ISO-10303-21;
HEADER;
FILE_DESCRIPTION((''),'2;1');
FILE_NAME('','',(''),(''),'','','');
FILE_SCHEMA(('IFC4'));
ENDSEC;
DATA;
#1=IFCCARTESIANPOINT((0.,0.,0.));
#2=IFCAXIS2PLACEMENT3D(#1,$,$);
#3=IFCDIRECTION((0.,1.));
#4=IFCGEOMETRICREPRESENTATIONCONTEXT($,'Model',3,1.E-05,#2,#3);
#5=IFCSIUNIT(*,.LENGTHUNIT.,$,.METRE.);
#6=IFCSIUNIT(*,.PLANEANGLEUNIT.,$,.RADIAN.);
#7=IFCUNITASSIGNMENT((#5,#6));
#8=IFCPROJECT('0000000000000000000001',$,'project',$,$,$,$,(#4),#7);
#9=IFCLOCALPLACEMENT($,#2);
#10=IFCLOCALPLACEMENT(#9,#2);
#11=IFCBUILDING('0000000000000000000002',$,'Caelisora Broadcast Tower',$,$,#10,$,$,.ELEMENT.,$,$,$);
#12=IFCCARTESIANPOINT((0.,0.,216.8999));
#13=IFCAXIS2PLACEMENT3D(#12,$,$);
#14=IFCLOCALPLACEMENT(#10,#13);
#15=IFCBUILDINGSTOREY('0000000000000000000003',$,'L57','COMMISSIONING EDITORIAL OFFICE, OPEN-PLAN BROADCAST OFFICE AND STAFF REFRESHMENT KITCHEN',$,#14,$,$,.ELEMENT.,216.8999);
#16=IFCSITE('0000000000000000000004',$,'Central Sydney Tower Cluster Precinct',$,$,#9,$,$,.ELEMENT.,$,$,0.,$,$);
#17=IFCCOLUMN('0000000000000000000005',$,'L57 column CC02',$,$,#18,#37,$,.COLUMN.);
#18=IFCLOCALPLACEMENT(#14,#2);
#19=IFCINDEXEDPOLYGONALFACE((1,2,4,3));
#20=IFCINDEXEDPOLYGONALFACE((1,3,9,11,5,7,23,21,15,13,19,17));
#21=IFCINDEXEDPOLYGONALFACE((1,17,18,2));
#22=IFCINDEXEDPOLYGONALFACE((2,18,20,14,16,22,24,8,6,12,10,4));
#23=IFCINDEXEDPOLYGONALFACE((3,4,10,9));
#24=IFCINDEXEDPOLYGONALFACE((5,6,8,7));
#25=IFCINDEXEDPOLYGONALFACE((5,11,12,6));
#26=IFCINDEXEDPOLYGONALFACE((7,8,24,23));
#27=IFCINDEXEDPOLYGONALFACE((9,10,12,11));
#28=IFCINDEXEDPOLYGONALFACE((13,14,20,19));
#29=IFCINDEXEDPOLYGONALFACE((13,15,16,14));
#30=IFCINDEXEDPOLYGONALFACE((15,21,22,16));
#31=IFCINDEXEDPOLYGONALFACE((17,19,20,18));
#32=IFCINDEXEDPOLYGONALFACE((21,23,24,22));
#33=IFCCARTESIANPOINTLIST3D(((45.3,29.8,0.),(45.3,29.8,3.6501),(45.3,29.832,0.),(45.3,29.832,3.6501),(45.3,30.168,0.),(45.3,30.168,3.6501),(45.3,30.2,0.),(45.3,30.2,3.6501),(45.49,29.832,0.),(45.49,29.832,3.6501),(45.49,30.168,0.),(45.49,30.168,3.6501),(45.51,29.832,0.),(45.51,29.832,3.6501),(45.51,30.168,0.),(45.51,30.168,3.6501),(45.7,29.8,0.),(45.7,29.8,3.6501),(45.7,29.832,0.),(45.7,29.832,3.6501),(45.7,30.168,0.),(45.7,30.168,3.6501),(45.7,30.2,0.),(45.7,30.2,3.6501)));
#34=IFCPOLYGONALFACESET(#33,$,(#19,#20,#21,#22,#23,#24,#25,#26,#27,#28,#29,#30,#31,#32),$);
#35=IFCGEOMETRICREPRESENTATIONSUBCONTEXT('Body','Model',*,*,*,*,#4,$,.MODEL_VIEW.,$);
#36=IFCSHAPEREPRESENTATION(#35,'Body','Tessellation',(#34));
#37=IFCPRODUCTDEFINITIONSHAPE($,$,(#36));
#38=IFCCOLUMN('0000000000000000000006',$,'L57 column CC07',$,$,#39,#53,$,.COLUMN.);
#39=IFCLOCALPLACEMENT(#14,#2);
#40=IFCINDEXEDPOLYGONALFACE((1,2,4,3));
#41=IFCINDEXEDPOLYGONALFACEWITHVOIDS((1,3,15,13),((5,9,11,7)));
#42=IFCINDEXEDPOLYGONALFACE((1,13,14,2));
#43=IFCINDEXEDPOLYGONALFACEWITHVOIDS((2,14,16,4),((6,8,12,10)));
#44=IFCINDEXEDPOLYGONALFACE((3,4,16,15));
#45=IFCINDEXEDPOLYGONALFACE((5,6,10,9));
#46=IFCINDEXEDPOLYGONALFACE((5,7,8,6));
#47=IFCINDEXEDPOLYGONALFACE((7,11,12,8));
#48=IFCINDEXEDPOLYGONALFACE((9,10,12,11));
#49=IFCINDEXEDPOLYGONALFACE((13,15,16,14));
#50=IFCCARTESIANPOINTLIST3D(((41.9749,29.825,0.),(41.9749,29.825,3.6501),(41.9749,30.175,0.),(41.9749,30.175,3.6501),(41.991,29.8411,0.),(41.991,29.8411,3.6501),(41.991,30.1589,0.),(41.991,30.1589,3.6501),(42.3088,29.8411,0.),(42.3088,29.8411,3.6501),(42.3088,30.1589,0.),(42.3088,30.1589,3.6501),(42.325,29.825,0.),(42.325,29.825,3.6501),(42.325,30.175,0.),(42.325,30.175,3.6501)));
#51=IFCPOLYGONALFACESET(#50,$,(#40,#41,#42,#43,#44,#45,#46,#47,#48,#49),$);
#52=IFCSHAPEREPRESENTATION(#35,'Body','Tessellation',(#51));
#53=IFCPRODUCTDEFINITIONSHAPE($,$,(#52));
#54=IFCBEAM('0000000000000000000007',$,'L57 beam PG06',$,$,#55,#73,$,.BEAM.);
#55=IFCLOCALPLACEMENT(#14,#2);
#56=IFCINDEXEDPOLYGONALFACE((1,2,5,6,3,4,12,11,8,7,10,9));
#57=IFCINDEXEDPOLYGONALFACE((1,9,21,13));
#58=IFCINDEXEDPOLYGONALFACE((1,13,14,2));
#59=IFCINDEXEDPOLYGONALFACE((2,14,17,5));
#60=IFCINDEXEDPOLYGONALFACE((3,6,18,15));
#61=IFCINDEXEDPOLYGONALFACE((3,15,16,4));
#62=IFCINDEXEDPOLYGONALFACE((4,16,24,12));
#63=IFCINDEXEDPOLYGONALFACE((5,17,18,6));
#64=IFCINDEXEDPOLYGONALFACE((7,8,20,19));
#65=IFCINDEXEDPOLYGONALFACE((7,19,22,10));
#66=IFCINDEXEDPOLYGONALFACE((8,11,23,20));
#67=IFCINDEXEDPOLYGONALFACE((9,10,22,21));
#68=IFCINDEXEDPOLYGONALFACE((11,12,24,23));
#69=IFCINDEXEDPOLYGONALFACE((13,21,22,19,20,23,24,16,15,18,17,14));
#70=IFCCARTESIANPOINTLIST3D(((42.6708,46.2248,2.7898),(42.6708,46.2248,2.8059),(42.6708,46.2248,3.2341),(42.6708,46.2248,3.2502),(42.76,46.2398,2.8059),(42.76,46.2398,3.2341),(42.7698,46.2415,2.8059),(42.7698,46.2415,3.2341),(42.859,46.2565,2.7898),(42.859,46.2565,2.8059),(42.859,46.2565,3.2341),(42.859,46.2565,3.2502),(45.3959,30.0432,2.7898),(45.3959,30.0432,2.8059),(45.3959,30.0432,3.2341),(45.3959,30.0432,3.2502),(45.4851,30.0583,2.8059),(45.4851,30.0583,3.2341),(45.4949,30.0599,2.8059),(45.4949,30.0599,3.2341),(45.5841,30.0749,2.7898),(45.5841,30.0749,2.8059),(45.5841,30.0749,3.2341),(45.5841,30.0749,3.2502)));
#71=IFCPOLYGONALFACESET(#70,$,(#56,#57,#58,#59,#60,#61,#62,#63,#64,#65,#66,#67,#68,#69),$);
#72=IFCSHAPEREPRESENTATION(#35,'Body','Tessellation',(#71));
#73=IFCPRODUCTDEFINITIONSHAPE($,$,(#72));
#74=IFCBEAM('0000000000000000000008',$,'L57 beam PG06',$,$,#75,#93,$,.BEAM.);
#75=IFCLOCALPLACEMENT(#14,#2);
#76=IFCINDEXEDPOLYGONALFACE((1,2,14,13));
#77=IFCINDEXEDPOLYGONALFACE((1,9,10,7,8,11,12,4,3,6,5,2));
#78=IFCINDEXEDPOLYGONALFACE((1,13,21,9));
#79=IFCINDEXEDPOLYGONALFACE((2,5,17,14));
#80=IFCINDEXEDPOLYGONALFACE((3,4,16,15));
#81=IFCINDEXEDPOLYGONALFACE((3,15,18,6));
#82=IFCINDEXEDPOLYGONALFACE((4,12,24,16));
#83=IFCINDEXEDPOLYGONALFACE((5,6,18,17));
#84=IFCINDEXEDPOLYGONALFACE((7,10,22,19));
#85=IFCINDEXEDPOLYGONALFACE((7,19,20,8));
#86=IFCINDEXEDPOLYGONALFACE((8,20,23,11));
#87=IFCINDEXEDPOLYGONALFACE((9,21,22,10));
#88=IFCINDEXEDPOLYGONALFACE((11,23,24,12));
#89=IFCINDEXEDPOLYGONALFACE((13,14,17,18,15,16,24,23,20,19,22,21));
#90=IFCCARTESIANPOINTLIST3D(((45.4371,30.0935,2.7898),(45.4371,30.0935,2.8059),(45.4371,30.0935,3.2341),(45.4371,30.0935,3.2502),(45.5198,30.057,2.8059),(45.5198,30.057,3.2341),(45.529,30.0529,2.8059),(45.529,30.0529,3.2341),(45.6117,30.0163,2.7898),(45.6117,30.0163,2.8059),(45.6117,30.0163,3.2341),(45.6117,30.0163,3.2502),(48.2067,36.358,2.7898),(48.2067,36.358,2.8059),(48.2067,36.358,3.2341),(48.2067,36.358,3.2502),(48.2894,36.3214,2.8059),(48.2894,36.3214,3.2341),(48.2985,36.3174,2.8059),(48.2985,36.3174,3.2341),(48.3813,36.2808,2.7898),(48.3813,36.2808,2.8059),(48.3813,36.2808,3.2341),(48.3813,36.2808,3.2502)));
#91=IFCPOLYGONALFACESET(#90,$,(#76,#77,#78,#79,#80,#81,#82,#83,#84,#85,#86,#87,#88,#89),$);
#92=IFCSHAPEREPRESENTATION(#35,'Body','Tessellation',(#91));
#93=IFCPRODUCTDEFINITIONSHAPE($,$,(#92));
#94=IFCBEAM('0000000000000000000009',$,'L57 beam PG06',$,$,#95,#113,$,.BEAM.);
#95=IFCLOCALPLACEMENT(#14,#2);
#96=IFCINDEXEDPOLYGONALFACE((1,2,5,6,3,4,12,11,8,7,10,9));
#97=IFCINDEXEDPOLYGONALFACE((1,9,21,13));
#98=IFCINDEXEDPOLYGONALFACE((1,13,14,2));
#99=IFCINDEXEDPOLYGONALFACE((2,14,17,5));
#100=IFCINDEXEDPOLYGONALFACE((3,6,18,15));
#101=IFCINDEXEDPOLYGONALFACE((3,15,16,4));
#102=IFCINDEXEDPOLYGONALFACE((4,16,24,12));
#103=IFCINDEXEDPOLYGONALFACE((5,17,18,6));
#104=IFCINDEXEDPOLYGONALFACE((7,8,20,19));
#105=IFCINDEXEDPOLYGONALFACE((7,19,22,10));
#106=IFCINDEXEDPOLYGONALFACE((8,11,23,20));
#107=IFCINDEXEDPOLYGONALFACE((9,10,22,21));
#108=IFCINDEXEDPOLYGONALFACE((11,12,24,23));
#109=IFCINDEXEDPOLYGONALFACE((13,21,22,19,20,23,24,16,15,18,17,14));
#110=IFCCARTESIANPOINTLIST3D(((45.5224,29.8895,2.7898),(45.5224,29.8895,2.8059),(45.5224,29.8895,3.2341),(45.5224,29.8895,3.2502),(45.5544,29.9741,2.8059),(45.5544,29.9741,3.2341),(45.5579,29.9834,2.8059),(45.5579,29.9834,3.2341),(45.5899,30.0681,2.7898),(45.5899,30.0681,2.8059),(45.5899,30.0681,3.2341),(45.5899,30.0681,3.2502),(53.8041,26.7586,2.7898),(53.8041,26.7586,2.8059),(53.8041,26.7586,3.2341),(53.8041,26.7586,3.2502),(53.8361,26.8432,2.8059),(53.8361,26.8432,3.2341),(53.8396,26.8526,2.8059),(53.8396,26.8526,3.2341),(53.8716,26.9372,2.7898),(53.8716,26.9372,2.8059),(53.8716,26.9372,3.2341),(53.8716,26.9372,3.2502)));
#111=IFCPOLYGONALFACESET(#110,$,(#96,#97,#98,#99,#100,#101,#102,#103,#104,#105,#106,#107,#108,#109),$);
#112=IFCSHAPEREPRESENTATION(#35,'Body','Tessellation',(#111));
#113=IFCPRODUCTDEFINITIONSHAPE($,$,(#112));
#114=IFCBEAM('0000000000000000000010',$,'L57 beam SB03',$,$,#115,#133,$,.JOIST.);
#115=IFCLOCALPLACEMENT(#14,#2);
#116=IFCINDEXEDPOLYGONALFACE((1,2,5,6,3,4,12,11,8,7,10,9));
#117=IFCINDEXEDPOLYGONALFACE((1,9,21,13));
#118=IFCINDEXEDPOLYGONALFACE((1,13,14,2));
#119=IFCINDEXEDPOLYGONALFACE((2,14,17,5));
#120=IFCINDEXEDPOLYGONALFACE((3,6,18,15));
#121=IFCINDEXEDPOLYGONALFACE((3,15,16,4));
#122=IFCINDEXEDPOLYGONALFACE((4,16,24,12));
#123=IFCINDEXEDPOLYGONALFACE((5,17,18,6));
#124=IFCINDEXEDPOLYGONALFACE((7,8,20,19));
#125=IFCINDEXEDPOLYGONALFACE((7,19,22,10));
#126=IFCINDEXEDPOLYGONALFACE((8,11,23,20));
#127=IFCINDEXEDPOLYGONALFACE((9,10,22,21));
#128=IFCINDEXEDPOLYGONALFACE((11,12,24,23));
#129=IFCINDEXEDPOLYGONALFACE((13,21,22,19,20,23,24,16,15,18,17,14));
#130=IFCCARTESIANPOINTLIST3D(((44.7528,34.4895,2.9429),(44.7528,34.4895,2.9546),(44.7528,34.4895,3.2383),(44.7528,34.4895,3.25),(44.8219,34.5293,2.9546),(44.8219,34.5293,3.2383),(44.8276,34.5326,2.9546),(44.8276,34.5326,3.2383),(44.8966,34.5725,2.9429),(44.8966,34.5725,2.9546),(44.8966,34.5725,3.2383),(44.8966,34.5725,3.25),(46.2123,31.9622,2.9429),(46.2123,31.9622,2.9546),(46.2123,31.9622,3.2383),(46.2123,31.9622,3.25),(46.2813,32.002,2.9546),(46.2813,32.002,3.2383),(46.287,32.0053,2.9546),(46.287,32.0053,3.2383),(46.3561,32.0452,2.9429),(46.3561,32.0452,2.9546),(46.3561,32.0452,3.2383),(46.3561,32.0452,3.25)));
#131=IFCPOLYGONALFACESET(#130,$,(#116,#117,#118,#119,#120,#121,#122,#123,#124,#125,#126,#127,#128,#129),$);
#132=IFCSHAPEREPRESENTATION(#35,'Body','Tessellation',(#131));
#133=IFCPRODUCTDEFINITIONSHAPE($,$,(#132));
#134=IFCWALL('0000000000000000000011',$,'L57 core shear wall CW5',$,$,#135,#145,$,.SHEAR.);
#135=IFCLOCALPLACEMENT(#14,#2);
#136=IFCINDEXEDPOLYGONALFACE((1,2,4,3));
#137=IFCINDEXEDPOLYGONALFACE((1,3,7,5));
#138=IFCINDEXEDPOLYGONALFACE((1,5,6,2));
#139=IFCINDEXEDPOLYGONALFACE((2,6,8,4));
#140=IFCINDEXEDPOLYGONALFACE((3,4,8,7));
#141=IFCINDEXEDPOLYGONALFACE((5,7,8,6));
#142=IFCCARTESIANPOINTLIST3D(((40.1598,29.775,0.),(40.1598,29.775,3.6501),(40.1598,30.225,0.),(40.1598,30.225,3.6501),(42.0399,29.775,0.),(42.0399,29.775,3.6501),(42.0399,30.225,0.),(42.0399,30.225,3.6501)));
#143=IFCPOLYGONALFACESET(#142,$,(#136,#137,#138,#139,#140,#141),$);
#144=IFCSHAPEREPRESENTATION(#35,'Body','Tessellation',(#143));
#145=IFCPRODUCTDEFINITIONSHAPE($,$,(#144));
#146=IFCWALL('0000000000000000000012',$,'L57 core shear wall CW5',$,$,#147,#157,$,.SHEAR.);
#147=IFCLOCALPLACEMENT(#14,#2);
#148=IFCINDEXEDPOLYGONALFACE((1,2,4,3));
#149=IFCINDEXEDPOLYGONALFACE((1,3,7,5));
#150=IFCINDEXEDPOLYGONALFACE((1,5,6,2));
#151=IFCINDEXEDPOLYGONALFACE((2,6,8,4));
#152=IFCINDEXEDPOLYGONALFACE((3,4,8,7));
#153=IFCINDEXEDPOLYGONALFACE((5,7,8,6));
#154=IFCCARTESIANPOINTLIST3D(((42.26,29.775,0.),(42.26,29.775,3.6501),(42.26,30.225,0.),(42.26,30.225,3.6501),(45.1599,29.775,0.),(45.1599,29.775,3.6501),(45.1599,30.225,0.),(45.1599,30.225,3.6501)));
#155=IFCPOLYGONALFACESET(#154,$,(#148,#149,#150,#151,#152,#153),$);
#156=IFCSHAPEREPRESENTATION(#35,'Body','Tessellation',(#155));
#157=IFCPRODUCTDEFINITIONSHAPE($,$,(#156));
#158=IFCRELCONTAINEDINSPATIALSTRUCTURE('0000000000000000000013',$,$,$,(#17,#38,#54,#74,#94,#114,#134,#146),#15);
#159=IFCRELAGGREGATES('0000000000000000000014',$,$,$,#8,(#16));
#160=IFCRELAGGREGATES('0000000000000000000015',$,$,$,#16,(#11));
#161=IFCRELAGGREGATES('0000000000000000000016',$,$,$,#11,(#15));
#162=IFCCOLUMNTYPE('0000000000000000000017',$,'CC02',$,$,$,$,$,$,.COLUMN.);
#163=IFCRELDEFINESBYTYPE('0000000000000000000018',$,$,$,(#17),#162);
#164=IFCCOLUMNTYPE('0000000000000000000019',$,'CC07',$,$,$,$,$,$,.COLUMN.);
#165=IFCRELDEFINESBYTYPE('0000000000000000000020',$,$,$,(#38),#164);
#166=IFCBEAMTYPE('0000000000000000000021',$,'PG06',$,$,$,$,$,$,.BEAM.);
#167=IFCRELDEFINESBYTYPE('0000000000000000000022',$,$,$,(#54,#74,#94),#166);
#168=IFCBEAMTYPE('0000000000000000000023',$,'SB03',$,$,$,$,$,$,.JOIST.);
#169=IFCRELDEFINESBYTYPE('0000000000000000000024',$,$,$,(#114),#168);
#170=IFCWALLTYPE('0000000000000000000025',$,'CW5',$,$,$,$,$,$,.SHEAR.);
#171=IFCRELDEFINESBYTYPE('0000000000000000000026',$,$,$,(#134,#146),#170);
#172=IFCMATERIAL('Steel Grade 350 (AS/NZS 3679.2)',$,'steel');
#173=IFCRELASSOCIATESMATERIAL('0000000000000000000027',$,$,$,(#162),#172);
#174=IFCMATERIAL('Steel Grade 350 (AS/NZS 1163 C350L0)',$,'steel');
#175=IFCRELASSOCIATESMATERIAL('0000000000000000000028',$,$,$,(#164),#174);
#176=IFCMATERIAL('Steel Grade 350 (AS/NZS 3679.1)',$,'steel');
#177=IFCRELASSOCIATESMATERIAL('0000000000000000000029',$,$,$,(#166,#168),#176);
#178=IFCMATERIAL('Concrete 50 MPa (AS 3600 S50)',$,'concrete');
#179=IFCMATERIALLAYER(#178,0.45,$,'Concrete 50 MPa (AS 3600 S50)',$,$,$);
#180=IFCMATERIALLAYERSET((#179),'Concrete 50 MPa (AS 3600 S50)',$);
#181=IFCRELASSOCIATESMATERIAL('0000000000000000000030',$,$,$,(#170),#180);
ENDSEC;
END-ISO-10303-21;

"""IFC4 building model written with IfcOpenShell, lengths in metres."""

from ifc_helpers import new_model, si_unit, direction, frame, frame_2d, origin, origin_2d, place, context, subcontext, project, spatial, rectangle, hollow_rectangle, i_section, extrude, source, transform, mapped, material, layer, layer_set, material_profile, profile_set, type_object, type_shapes, element, save


model = new_model("IFC4")

# Units and contexts
model_context = context("Model", 3, precision=1e-05, world=origin(), true_north=direction((0.0, 1.0)))
body_context = subcontext(model_context, "Body", "Model", "MODEL_VIEW")
ifc_project = project(units=[si_unit("LENGTHUNIT", "METRE"), si_unit("PLANEANGLEUNIT", "RADIAN")], contexts=[model_context])

# Site, building, storey
site_placement = place(None, origin())
site = spatial("IfcSite", under=ifc_project, at=site_placement, Name="Central Sydney Tower Cluster Precinct", CompositionType="ELEMENT", RefElevation=0.0)
building_placement = place(site_placement, origin())
building = spatial("IfcBuilding", under=site, at=building_placement, Name="Caelisora Broadcast Tower", CompositionType="ELEMENT")
storey_placement = place(building_placement, frame((0.0, 0.0, 216.8999)))
storey = spatial("IfcBuildingStorey", under=building, at=storey_placement, Name="L57", Description="COMMISSIONING EDITORIAL OFFICE, OPEN-PLAN BROADCAST OFFICE AND STAFF REFRESHMENT KITCHEN", CompositionType="ELEMENT", Elevation=216.8999)

# Columns
ifc_material_1 = material(Name="Steel Grade 350 (AS/NZS 3679.2)", Category="steel")
ifc_material_profile_1 = material_profile(ifc_material_1, i_section(OverallWidth=0.3999, OverallDepth=0.3999, WebThickness=0.02, FlangeThickness=0.032, at=origin_2d()), Name="Steel Grade 350 (AS/NZS 3679.2)")
ifc_profile_set_1 = profile_set([ifc_material_profile_1], Name="Steel Grade 350 (AS/NZS 3679.2)")
column_type_1 = type_object("IfcColumnType", Name="CC02", PredefinedType="COLUMN", material=ifc_profile_set_1)
shared_shape_1 = source(origin(), body_context, "Body", "SweptSolid", [
    extrude(i_section(OverallWidth=0.3999, OverallDepth=0.3999, WebThickness=0.02, FlangeThickness=0.032, at=origin_2d()), origin(), (0.0, 0.0, 1.0), 3.6501),
])
type_shapes(column_type_1, [shared_shape_1])
column_1_placement = place(storey_placement, frame((45.5, 30.0, 0.0), z_axis=(0.0, 0.0, 1.0), x_axis=(1.0, 0.0, 0.0)))
element("IfcColumn", 1, at=column_1_placement, inside=storey, type_object=column_type_1, Name="L57 column CC02", PredefinedType="COLUMN", context=body_context, shape_type="MappedRepresentation", body=[
    mapped(shared_shape_1, transform((0.0, 0.0, 0.0), scale=1.0)),
])
ifc_material_2 = material(Name="Steel Grade 350 (AS/NZS 1163 C350L0)", Category="steel")
ifc_material_profile_2 = material_profile(ifc_material_2, hollow_rectangle(XDim=0.3501, YDim=0.3501, WallThickness=0.0161, at=origin_2d()), Name="Steel Grade 350 (AS/NZS 1163 C350L0)")
ifc_profile_set_2 = profile_set([ifc_material_profile_2], Name="Steel Grade 350 (AS/NZS 1163 C350L0)")
column_type_2 = type_object("IfcColumnType", Name="CC07", PredefinedType="COLUMN", material=ifc_profile_set_2)
shared_shape_2 = source(origin(), body_context, "Body", "SweptSolid", [
    extrude(hollow_rectangle(XDim=0.3501, YDim=0.3501, WallThickness=0.0161, at=origin_2d()), origin(), (0.0, 0.0, 1.0), 3.6501),
])
type_shapes(column_type_2, [shared_shape_2])
column_2_placement = place(storey_placement, frame((42.1499, 30.0, 0.0), z_axis=(0.0, 0.0, 1.0), x_axis=(1.0, 0.0, 0.0)))
element("IfcColumn", 2, at=column_2_placement, inside=storey, type_object=column_type_2, Name="L57 column CC07", PredefinedType="COLUMN", context=body_context, shape_type="MappedRepresentation", body=[
    mapped(shared_shape_2, transform((0.0, 0.0, 0.0), scale=1.0)),
])

# Beams
ifc_material_3 = material(Name="Steel Grade 350 (AS/NZS 3679.1)", Category="steel")
ifc_material_profile_3 = material_profile(ifc_material_3, i_section(OverallWidth=0.1909, OverallDepth=0.4604, WebThickness=0.01, FlangeThickness=0.0161, at=origin_2d()), Name="Steel Grade 350 (AS/NZS 3679.1)")
ifc_profile_set_3 = profile_set([ifc_material_profile_3], Name="Steel Grade 350 (AS/NZS 3679.1)")
beam_type_1 = type_object("IfcBeamType", Name="PG06", PredefinedType="BEAM", material=ifc_profile_set_3)
shared_shape_3 = source(origin(), body_context, "Body", "SweptSolid", [
    extrude(i_section(OverallWidth=0.1909, OverallDepth=0.4604, WebThickness=0.01, FlangeThickness=0.0161, at=origin_2d()), origin(), (0.0, 0.0, 1.0), 16.4094),
])
beam_1_placement = place(storey_placement, frame((45.49, 30.0591, 3.02), z_axis=(-0.166068, 0.986114, 0.0), x_axis=(-0.986114, -0.166068, 0.0)))
element("IfcBeam", 3, at=beam_1_placement, inside=storey, type_object=beam_type_1, Name="L57 beam PG06", PredefinedType="BEAM", context=body_context, shape_type="MappedRepresentation", body=[
    mapped(shared_shape_3, transform((0.0, 0.0, 0.0), scale=1.0)),
])
shared_shape_4 = source(origin(), body_context, "Body", "SweptSolid", [
    extrude(i_section(OverallWidth=0.1909, OverallDepth=0.4604, WebThickness=0.01, FlangeThickness=0.0161, at=origin_2d()), origin(), (0.0, 0.0, 1.0), 6.8494),
])
beam_2_placement = place(storey_placement, frame((45.5244, 30.0549, 3.02), z_axis=(0.404352, 0.914604, 0.0), x_axis=(-0.914604, 0.404352, 0.0)))
element("IfcBeam", 4, at=beam_2_placement, inside=storey, type_object=beam_type_1, Name="L57 beam PG06", PredefinedType="BEAM", context=body_context, shape_type="MappedRepresentation", body=[
    mapped(shared_shape_4, transform((0.0, 0.0, 0.0), scale=1.0)),
])
shared_shape_5 = source(origin(), body_context, "Body", "SweptSolid", [
    extrude(i_section(OverallWidth=0.1909, OverallDepth=0.4604, WebThickness=0.01, FlangeThickness=0.0161, at=origin_2d()), origin(), (0.0, 0.0, 1.0), 8.8538),
])
type_shapes(beam_type_1, [shared_shape_3, shared_shape_4, shared_shape_5])
beam_3_placement = place(storey_placement, frame((45.5562, 29.9788, 3.02), z_axis=(0.93539, -0.353618, 0.0), x_axis=(0.353618, 0.93539, 0.0)))
element("IfcBeam", 5, at=beam_3_placement, inside=storey, type_object=beam_type_1, Name="L57 beam PG06", PredefinedType="BEAM", context=body_context, shape_type="MappedRepresentation", body=[
    mapped(shared_shape_5, transform((0.0, 0.0, 0.0), scale=1.0)),
])
ifc_material_profile_4 = material_profile(ifc_material_3, i_section(OverallWidth=0.166, OverallDepth=0.3071, WebThickness=0.0066, FlangeThickness=0.0117, at=origin_2d()), Name="Steel Grade 350 (AS/NZS 3679.1)")
ifc_profile_set_4 = profile_set([ifc_material_profile_4], Name="Steel Grade 350 (AS/NZS 3679.1)")
beam_type_2 = type_object("IfcBeamType", Name="SB03", PredefinedType="JOIST", material=ifc_profile_set_4)
shared_shape_6 = source(origin(), body_context, "Body", "SweptSolid", [
    extrude(i_section(OverallWidth=0.166, OverallDepth=0.3071, WebThickness=0.0066, FlangeThickness=0.0117, at=origin_2d()), origin(), (0.0, 0.0, 1.0), 2.9185),
])
type_shapes(beam_type_2, [shared_shape_6])
beam_4_placement = place(storey_placement, frame((46.2842, 32.0037, 3.0964), z_axis=(-0.50008, 0.865979, 0.0), x_axis=(-0.865979, -0.50008, 0.0)))
element("IfcBeam", 6, at=beam_4_placement, inside=storey, type_object=beam_type_2, Name="L57 beam SB03", PredefinedType="JOIST", context=body_context, shape_type="MappedRepresentation", body=[
    mapped(shared_shape_6, transform((0.0, 0.0, 0.0), scale=1.0)),
])

# Walls
ifc_material_4 = material(Name="Concrete 50 MPa (AS 3600 S50)", Category="concrete")
ifc_layer_1 = layer(ifc_material_4, 0.45, Name="Concrete 50 MPa (AS 3600 S50)")
ifc_layer_set_1 = layer_set([ifc_layer_1], Name="Concrete 50 MPa (AS 3600 S50)")
wall_type_1 = type_object("IfcWallType", Name="CW5", PredefinedType="SHEAR", material=ifc_layer_set_1)
wall_1_placement = place(storey_placement, frame((40.1599, 30.0, 0.0), z_axis=(0.0, 0.0, 1.0), x_axis=(1.0, 0.0, 0.0)))
element("IfcWall", 7, at=wall_1_placement, inside=storey, type_object=wall_type_1, Name="L57 core shear wall CW5", PredefinedType="SHEAR", context=body_context, shape_type="SweptSolid", body=[
    extrude(rectangle(XDim=1.8801, YDim=0.45, at=frame_2d((0.9399, 0.0))), origin(), (0.0, 0.0, 1.0), 3.6501),
])
wall_2_placement = place(storey_placement, frame((42.26, 30.0, 0.0), z_axis=(0.0, 0.0, 1.0), x_axis=(1.0, 0.0, 0.0)))
element("IfcWall", 8, at=wall_2_placement, inside=storey, type_object=wall_type_1, Name="L57 core shear wall CW5", PredefinedType="SHEAR", context=body_context, shape_type="SweptSolid", body=[
    extrude(rectangle(XDim=2.8999, YDim=0.45, at=frame_2d((1.45, 0.0))), origin(), (0.0, 0.0, 1.0), 3.6501),
])

save(model, "model.ifc")
